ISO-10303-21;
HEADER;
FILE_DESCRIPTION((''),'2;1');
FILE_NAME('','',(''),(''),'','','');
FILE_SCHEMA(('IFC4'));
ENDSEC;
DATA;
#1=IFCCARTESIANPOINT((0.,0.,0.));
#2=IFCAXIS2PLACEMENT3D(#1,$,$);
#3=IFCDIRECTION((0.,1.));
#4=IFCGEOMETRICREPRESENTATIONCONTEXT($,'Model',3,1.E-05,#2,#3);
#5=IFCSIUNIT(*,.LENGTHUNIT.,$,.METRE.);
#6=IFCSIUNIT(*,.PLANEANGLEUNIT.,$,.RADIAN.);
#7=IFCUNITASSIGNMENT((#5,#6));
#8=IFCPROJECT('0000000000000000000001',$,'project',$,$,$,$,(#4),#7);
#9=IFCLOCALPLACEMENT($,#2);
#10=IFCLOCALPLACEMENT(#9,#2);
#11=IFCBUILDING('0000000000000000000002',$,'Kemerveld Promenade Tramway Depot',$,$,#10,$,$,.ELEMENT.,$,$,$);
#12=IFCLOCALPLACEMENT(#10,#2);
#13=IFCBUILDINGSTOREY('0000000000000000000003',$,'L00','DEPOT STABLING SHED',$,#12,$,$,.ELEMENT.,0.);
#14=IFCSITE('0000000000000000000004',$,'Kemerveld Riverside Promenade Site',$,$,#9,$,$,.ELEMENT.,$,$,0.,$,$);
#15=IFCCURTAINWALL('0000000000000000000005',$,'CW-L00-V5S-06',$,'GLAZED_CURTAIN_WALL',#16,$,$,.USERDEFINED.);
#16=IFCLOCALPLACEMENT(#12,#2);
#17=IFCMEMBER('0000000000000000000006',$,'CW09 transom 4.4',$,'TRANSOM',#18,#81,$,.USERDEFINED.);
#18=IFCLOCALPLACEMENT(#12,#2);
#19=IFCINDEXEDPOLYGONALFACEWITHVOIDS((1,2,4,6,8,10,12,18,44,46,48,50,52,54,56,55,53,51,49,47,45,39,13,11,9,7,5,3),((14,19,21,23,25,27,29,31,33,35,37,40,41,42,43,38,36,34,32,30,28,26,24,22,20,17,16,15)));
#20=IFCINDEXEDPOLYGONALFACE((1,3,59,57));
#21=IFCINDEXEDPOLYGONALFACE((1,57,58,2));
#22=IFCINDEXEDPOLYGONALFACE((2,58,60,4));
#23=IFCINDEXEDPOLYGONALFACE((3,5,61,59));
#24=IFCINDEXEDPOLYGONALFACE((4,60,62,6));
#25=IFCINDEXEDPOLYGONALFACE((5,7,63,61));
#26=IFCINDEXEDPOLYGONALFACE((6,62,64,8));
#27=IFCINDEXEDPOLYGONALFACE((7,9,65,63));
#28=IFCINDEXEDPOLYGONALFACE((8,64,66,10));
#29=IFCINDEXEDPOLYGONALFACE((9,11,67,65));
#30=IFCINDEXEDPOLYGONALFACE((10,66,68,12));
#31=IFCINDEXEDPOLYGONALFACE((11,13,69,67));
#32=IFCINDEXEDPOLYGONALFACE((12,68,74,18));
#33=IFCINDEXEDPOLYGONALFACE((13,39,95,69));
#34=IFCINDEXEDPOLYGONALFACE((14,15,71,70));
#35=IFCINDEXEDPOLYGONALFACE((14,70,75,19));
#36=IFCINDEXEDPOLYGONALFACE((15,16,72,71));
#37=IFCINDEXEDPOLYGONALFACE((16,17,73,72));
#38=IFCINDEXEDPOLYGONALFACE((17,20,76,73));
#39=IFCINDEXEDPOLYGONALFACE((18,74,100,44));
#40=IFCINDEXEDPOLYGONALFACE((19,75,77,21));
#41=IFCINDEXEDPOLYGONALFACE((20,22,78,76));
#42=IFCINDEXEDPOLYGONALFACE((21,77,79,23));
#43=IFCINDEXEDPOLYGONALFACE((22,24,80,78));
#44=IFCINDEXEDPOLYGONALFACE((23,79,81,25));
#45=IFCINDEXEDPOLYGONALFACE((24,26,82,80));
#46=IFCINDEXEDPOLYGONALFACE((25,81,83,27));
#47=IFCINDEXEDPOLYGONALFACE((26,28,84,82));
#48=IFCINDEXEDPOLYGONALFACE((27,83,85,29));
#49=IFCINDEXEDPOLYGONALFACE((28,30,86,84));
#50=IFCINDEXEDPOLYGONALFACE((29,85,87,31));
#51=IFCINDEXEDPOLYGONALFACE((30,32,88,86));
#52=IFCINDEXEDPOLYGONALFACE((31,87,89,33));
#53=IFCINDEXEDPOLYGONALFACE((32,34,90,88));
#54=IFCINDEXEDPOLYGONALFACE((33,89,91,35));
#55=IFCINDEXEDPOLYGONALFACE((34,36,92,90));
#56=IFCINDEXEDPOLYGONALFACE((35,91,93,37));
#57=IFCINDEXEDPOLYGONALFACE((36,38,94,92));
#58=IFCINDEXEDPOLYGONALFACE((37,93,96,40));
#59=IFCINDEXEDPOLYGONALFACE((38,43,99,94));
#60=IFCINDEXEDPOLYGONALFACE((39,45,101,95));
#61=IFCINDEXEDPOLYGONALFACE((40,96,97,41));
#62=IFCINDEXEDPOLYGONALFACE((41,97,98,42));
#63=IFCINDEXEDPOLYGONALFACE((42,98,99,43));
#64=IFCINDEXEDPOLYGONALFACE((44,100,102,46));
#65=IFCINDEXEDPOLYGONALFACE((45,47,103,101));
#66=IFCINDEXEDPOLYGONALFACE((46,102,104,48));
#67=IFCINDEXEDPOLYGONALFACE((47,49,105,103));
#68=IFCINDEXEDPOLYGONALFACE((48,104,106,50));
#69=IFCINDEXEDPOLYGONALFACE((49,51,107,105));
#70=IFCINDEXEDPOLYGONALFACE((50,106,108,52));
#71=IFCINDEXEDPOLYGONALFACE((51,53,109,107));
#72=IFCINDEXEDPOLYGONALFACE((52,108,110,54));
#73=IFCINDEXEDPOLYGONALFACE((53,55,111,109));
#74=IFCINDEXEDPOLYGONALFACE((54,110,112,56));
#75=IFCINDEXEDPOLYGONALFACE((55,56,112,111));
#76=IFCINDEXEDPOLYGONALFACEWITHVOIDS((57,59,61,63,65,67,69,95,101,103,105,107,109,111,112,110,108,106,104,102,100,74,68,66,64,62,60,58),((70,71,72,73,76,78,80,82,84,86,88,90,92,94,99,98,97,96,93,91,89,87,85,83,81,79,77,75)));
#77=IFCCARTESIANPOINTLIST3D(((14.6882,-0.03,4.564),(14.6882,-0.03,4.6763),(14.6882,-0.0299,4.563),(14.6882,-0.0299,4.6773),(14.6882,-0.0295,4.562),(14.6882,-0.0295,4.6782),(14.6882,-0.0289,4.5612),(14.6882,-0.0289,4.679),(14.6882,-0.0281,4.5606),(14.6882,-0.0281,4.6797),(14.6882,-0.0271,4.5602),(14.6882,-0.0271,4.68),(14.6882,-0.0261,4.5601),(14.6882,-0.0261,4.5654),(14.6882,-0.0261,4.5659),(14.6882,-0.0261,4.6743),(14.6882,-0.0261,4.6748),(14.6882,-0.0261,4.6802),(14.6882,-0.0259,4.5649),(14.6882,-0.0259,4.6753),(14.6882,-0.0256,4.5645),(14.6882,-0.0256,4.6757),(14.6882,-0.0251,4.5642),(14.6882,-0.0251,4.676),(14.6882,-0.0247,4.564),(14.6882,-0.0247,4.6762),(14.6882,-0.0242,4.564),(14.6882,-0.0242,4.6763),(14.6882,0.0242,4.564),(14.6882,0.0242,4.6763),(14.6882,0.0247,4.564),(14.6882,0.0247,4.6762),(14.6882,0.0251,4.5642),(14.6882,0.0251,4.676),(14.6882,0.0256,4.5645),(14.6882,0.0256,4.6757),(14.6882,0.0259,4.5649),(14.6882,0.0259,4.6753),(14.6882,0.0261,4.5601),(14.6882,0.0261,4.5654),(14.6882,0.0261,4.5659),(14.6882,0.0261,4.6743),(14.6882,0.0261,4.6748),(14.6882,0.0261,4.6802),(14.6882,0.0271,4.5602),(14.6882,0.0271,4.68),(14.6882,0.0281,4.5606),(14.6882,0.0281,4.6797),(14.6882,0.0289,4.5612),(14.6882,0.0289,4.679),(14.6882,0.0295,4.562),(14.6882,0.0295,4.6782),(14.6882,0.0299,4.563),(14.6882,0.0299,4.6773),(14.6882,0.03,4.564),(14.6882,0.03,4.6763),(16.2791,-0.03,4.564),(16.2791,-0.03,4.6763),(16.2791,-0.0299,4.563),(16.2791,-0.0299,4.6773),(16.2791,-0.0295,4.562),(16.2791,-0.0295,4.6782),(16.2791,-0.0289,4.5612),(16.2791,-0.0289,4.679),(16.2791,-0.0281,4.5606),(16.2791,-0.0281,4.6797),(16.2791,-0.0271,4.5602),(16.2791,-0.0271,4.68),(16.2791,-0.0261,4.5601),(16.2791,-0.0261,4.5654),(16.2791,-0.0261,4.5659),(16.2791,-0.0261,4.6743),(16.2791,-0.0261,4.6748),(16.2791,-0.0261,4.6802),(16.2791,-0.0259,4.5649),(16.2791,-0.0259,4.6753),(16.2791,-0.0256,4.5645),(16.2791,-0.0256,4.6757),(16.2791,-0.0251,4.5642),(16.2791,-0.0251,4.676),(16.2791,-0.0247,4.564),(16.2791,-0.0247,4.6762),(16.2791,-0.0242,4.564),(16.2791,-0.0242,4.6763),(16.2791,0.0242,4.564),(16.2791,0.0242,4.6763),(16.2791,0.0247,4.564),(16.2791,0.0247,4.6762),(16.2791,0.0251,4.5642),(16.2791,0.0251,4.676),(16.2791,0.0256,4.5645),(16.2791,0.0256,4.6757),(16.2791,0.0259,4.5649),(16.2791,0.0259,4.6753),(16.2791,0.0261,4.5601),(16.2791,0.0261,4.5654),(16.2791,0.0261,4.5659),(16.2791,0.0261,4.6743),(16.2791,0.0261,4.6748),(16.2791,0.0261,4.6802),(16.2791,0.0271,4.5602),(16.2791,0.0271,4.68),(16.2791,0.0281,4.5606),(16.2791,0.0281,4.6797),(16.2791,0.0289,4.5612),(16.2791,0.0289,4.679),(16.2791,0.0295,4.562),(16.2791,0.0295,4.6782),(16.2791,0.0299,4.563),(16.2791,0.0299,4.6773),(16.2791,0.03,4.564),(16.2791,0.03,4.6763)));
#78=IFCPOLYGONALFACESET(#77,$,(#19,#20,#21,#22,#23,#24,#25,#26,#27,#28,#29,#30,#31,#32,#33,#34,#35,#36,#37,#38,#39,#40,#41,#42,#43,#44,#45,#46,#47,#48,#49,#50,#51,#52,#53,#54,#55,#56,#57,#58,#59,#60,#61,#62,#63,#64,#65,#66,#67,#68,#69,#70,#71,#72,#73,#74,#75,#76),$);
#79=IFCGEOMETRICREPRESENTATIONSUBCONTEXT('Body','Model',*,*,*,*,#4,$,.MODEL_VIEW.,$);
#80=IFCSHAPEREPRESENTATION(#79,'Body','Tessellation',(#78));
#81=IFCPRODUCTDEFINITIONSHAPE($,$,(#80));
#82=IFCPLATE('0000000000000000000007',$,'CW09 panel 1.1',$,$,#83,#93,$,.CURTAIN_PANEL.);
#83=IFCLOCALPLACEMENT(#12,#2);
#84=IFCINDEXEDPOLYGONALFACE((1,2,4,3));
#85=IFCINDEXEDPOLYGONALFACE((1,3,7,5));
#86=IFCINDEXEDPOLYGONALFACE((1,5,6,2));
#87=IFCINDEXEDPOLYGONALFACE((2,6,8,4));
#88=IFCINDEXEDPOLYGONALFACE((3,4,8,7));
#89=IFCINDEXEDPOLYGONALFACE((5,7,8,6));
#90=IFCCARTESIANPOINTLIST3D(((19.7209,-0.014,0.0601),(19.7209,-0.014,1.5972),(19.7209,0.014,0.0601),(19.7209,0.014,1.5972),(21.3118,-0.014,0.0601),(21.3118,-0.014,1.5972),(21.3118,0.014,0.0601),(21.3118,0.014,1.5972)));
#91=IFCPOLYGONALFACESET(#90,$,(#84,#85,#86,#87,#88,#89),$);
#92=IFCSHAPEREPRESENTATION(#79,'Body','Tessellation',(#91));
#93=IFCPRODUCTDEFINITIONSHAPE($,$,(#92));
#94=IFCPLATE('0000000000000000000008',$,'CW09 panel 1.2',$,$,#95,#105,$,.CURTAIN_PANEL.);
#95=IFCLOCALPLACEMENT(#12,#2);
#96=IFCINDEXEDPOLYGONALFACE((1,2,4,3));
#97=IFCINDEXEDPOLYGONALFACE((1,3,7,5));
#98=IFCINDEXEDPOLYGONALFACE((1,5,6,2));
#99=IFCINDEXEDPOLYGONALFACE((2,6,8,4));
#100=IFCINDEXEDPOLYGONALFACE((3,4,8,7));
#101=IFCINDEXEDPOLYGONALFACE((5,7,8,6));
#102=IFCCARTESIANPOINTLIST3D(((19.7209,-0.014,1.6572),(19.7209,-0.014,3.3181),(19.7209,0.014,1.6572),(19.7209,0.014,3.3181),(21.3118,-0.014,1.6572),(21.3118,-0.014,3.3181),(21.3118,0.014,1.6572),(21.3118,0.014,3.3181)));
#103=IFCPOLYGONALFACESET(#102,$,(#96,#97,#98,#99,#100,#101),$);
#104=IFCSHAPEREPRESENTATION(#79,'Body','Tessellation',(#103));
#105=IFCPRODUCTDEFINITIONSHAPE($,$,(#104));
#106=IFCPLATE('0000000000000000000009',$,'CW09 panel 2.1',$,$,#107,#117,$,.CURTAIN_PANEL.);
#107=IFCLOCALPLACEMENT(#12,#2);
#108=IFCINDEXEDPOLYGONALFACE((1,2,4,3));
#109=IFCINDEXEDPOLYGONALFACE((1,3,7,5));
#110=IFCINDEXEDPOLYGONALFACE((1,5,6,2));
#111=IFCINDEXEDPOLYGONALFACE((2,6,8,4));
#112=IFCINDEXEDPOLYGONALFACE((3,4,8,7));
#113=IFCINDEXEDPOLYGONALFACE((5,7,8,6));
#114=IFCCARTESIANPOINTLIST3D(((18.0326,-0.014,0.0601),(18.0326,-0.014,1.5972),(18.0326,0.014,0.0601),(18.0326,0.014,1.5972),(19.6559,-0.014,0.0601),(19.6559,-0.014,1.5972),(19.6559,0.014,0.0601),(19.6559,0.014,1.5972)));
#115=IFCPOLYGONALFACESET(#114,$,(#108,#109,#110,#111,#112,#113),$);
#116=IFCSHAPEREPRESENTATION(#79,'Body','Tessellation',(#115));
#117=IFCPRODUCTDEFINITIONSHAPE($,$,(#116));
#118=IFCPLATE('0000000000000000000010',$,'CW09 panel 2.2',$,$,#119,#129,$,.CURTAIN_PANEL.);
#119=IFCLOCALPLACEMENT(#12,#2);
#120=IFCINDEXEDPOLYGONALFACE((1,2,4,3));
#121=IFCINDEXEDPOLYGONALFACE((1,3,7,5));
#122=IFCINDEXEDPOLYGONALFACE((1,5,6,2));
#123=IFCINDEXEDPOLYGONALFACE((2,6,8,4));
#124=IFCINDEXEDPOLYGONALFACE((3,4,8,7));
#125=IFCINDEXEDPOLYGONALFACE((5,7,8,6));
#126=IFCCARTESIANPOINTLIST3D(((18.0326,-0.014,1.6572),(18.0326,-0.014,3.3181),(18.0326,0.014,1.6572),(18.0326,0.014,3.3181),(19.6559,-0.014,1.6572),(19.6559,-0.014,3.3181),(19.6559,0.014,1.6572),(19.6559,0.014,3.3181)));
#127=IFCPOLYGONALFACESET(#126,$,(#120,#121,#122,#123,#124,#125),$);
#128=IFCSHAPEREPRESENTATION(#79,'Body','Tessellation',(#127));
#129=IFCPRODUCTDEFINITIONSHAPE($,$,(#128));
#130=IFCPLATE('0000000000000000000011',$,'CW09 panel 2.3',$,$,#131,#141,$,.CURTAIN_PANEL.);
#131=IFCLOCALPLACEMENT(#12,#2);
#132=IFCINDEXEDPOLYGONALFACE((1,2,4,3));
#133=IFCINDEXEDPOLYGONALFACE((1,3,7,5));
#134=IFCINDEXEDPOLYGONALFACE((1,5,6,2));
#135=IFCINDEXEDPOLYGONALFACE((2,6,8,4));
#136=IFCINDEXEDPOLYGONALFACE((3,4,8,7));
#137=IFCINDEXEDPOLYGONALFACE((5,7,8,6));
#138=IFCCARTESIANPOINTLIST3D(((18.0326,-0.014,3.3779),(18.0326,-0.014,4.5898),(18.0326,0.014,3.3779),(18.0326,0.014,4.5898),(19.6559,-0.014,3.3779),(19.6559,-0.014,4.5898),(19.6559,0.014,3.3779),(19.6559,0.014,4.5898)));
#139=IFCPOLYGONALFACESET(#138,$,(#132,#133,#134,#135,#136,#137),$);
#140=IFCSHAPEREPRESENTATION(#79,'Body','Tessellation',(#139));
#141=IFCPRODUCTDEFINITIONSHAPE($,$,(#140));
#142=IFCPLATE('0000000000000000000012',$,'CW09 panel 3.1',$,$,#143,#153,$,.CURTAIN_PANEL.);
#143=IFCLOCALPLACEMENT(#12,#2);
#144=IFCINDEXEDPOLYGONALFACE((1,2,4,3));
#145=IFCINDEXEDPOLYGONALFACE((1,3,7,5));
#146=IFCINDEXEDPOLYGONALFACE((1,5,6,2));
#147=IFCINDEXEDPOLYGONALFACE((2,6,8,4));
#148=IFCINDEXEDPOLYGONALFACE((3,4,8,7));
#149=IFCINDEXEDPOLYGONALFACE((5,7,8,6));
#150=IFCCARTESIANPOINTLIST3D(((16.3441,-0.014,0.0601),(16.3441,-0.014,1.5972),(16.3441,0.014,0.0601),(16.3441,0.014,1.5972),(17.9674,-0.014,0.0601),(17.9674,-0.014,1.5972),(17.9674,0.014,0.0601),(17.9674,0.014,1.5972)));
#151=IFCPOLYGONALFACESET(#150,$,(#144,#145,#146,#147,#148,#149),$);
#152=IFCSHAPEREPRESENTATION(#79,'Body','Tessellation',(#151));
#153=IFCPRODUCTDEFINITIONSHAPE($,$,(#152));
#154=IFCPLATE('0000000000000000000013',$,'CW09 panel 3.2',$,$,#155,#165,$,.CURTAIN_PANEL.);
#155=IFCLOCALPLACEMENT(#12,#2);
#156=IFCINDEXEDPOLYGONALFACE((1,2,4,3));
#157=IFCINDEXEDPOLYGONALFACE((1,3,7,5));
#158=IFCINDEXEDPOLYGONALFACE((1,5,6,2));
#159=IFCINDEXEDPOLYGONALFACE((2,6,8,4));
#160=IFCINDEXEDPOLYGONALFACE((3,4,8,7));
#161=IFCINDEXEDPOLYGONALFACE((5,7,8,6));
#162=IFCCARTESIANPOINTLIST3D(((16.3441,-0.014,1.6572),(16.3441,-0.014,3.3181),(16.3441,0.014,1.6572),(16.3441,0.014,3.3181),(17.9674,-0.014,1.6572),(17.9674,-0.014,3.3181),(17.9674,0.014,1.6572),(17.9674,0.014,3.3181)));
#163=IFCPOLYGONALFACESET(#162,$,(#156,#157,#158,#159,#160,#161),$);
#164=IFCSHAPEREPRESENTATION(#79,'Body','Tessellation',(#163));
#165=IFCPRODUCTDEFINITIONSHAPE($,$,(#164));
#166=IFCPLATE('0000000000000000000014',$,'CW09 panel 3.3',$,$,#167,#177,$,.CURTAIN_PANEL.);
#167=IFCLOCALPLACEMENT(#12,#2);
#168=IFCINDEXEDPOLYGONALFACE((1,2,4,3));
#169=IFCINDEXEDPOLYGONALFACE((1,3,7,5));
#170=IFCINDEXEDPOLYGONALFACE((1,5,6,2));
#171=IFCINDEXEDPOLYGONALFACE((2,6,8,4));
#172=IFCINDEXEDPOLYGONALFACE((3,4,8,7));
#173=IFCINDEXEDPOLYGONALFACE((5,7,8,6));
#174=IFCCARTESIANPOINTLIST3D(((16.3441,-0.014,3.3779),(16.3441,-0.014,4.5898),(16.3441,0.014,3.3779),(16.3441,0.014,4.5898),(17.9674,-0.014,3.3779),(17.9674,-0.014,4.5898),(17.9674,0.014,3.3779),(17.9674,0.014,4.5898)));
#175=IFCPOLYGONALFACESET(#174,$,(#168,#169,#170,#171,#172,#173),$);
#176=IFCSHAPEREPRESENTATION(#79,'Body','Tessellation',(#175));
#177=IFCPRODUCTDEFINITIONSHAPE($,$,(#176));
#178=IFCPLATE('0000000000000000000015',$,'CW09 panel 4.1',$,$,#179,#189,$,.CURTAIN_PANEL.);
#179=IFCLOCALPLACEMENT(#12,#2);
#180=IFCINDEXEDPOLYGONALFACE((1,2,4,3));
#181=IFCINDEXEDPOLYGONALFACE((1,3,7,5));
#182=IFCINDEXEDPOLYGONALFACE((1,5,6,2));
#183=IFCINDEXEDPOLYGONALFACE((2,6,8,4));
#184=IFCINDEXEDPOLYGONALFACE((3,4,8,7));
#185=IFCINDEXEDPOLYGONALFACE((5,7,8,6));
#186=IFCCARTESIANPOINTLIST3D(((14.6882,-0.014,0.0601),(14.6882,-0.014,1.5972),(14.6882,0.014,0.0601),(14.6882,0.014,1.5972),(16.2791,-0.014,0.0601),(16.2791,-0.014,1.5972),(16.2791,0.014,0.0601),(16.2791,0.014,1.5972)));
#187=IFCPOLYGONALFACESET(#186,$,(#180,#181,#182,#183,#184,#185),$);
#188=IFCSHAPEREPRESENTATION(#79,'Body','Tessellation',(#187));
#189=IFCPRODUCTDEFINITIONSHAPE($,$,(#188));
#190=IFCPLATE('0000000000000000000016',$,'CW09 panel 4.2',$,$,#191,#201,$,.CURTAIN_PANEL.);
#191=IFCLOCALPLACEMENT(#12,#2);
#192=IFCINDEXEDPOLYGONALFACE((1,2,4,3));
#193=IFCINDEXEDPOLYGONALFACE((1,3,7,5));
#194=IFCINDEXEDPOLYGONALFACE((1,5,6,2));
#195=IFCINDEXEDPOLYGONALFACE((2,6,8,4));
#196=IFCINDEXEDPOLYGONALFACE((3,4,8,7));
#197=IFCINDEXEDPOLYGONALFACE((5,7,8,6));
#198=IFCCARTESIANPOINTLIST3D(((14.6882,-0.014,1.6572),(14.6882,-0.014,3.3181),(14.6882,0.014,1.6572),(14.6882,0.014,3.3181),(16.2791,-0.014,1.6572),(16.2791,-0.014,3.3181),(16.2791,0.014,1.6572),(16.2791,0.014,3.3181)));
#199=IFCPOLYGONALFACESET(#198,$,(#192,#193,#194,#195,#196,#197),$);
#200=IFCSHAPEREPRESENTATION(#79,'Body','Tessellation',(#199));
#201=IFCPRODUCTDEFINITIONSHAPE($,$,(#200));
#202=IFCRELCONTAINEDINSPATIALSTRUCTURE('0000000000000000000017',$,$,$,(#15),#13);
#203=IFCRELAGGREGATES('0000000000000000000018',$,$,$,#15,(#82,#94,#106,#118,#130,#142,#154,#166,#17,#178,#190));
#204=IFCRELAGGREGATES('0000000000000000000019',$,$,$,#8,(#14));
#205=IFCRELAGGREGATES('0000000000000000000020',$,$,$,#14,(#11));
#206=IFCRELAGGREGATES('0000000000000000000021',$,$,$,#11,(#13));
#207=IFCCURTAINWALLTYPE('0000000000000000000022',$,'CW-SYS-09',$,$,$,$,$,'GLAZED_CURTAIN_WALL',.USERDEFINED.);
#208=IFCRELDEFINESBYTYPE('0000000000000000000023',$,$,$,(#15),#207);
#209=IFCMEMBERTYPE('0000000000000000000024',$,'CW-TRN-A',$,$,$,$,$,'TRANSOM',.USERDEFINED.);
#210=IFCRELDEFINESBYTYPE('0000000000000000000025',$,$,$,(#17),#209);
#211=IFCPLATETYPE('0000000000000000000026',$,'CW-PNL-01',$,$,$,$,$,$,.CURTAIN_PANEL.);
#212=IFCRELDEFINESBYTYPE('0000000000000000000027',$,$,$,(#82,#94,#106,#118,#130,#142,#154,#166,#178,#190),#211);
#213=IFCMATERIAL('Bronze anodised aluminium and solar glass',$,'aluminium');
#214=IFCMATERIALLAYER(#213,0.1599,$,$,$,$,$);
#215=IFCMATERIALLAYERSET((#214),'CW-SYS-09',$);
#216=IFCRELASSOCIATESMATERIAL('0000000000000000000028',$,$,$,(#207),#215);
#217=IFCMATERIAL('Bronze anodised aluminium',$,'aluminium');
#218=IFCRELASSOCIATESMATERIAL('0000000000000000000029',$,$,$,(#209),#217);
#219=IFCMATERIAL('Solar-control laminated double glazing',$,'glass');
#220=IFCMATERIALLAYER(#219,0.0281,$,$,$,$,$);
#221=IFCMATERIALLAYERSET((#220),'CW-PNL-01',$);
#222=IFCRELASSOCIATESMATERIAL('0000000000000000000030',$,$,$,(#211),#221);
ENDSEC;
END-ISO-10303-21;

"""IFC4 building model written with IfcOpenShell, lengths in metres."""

from ifc_helpers import new_model, si_unit, direction, frame, origin, origin_2d, place, context, subcontext, project, spatial, rectangle, hollow_rectangle, extrude, material, layer, layer_set, material_profile, profile_set, type_object, element, aggregate, save


model = new_model("IFC4")

# Units and contexts
model_context = context("Model", 3, precision=1e-05, world=origin(), true_north=direction((0.0, 1.0)))
body_context = subcontext(model_context, "Body", "Model", "MODEL_VIEW")
ifc_project = project(units=[si_unit("LENGTHUNIT", "METRE"), si_unit("PLANEANGLEUNIT", "RADIAN")], contexts=[model_context])

# Site, building, storey
site_placement = place(None, origin())
site = spatial("IfcSite", under=ifc_project, at=site_placement, Name="Kemerveld Riverside Promenade Site", CompositionType="ELEMENT", RefElevation=0.0)
building_placement = place(site_placement, origin())
building = spatial("IfcBuilding", under=site, at=building_placement, Name="Kemerveld Promenade Tramway Depot", CompositionType="ELEMENT")
storey_placement = place(building_placement, origin())
storey = spatial("IfcBuildingStorey", under=building, at=storey_placement, Name="L00", Description="DEPOT STABLING SHED", CompositionType="ELEMENT", Elevation=0.0)

# Curtain wall, member, plates
ifc_material_1 = material(Name="Bronze anodised aluminium and solar glass", Category="aluminium")
ifc_layer_1 = layer(ifc_material_1, 0.1599)
ifc_layer_set_1 = layer_set([ifc_layer_1], Name="CW-SYS-09")
curtain_wall_type = type_object("IfcCurtainWallType", Name="CW-SYS-09", ElementType="GLAZED_CURTAIN_WALL", PredefinedType="USERDEFINED", material=ifc_layer_set_1)
curtain_wall_placement = place(storey_placement, origin())
curtain_wall = element("IfcCurtainWall", 1, at=curtain_wall_placement, inside=storey, type_object=curtain_wall_type, Name="CW-L00-V5S-06", ObjectType="GLAZED_CURTAIN_WALL", PredefinedType="USERDEFINED")
ifc_material_2 = material(Name="Bronze anodised aluminium", Category="aluminium")
ifc_material_profile_1 = material_profile(ifc_material_2, hollow_rectangle(XDim=0.0601, YDim=0.1201, WallThickness=0.0039, InnerFilletRadius=0.002, OuterFilletRadius=0.0039, at=origin_2d()), Name="CW-TRN-120x60")
ifc_profile_set_1 = profile_set([ifc_material_profile_1], Name="Bronze anodised aluminium")
member_type_1 = type_object("IfcMemberType", Name="CW-TRN-A", ElementType="TRANSOM", PredefinedType="USERDEFINED", material=ifc_profile_set_1)
member_1_placement = place(storey_placement, frame((16.2791, 0.0, 4.6201), z_axis=(-1.0, 0.0, 0.0), x_axis=(0.0, -1.0, 0.0)))
member_1 = element("IfcMember", 2, at=member_1_placement, type_object=member_type_1, Name="CW09 transom 4.4", ObjectType="TRANSOM", PredefinedType="USERDEFINED", context=body_context, shape_type="SweptSolid", body=[
    extrude(hollow_rectangle(XDim=0.0601, YDim=0.1201, WallThickness=0.0039, InnerFilletRadius=0.002, OuterFilletRadius=0.0039, at=origin_2d()), origin(), (0.0, 0.0, 1.0), 1.5908),
])
ifc_material_3 = material(Name="Solar-control laminated double glazing", Category="glass")
ifc_layer_2 = layer(ifc_material_3, 0.0281)
ifc_layer_set_2 = layer_set([ifc_layer_2], Name="CW-PNL-01")
plate_type = type_object("IfcPlateType", Name="CW-PNL-01", PredefinedType="CURTAIN_PANEL", material=ifc_layer_set_2)
plate_1_placement = place(storey_placement, frame((20.5164, 0.0, 0.0601), z_axis=(0.0, 0.0, 1.0), x_axis=(-1.0, 0.0, 0.0)))
plate_1 = element("IfcPlate", 3, at=plate_1_placement, type_object=plate_type, Name="CW09 panel 1.1", PredefinedType="CURTAIN_PANEL", context=body_context, shape_type="SweptSolid", body=[
    extrude(rectangle(XDim=1.5908, YDim=0.0281, at=origin_2d()), origin(), (0.0, 0.0, 1.0), 1.5371),
])
plate_2_placement = place(storey_placement, frame((20.5164, 0.0, 1.6572), z_axis=(0.0, 0.0, 1.0), x_axis=(-1.0, 0.0, 0.0)))
plate_2 = element("IfcPlate", 4, at=plate_2_placement, type_object=plate_type, Name="CW09 panel 1.2", PredefinedType="CURTAIN_PANEL", context=body_context, shape_type="SweptSolid", body=[
    extrude(rectangle(XDim=1.5908, YDim=0.0281, at=origin_2d()), origin(), (0.0, 0.0, 1.0), 1.6609),
])
plate_3_placement = place(storey_placement, frame((18.8442, 0.0, 0.0601), z_axis=(0.0, 0.0, 1.0), x_axis=(-1.0, 0.0, 0.0)))
plate_3 = element("IfcPlate", 5, at=plate_3_placement, type_object=plate_type, Name="CW09 panel 2.1", PredefinedType="CURTAIN_PANEL", context=body_context, shape_type="SweptSolid", body=[
    extrude(rectangle(XDim=1.6233, YDim=0.0281, at=origin_2d()), origin(), (0.0, 0.0, 1.0), 1.5371),
])
plate_4_placement = place(storey_placement, frame((18.8442, 0.0, 1.6572), z_axis=(0.0, 0.0, 1.0), x_axis=(-1.0, 0.0, 0.0)))
plate_4 = element("IfcPlate", 6, at=plate_4_placement, type_object=plate_type, Name="CW09 panel 2.2", PredefinedType="CURTAIN_PANEL", context=body_context, shape_type="SweptSolid", body=[
    extrude(rectangle(XDim=1.6233, YDim=0.0281, at=origin_2d()), origin(), (0.0, 0.0, 1.0), 1.6609),
])
plate_5_placement = place(storey_placement, frame((18.8442, 0.0, 3.3779), z_axis=(0.0, 0.0, 1.0), x_axis=(-1.0, 0.0, 0.0)))
plate_5 = element("IfcPlate", 7, at=plate_5_placement, type_object=plate_type, Name="CW09 panel 2.3", PredefinedType="CURTAIN_PANEL", context=body_context, shape_type="SweptSolid", body=[
    extrude(rectangle(XDim=1.6233, YDim=0.0281, at=origin_2d()), origin(), (0.0, 0.0, 1.0), 1.2119),
])
plate_6_placement = place(storey_placement, frame((17.1558, 0.0, 0.0601), z_axis=(0.0, 0.0, 1.0), x_axis=(-1.0, 0.0, 0.0)))
plate_6 = element("IfcPlate", 8, at=plate_6_placement, type_object=plate_type, Name="CW09 panel 3.1", PredefinedType="CURTAIN_PANEL", context=body_context, shape_type="SweptSolid", body=[
    extrude(rectangle(XDim=1.6233, YDim=0.0281, at=origin_2d()), origin(), (0.0, 0.0, 1.0), 1.5371),
])
plate_7_placement = place(storey_placement, frame((17.1558, 0.0, 1.6572), z_axis=(0.0, 0.0, 1.0), x_axis=(-1.0, 0.0, 0.0)))
plate_7 = element("IfcPlate", 9, at=plate_7_placement, type_object=plate_type, Name="CW09 panel 3.2", PredefinedType="CURTAIN_PANEL", context=body_context, shape_type="SweptSolid", body=[
    extrude(rectangle(XDim=1.6233, YDim=0.0281, at=origin_2d()), origin(), (0.0, 0.0, 1.0), 1.6609),
])
plate_8_placement = place(storey_placement, frame((17.1558, 0.0, 3.3779), z_axis=(0.0, 0.0, 1.0), x_axis=(-1.0, 0.0, 0.0)))
plate_8 = element("IfcPlate", 10, at=plate_8_placement, type_object=plate_type, Name="CW09 panel 3.3", PredefinedType="CURTAIN_PANEL", context=body_context, shape_type="SweptSolid", body=[
    extrude(rectangle(XDim=1.6233, YDim=0.0281, at=origin_2d()), origin(), (0.0, 0.0, 1.0), 1.2119),
])
plate_9_placement = place(storey_placement, frame((15.4836, 0.0, 0.0601), z_axis=(0.0, 0.0, 1.0), x_axis=(-1.0, 0.0, 0.0)))
plate_9 = element("IfcPlate", 11, at=plate_9_placement, type_object=plate_type, Name="CW09 panel 4.1", PredefinedType="CURTAIN_PANEL", context=body_context, shape_type="SweptSolid", body=[
    extrude(rectangle(XDim=1.5908, YDim=0.0281, at=origin_2d()), origin(), (0.0, 0.0, 1.0), 1.5371),
])
plate_10_placement = place(storey_placement, frame((15.4836, 0.0, 1.6572), z_axis=(0.0, 0.0, 1.0), x_axis=(-1.0, 0.0, 0.0)))
plate_10 = element("IfcPlate", 12, at=plate_10_placement, type_object=plate_type, Name="CW09 panel 4.2", PredefinedType="CURTAIN_PANEL", context=body_context, shape_type="SweptSolid", body=[
    extrude(rectangle(XDim=1.5908, YDim=0.0281, at=origin_2d()), origin(), (0.0, 0.0, 1.0), 1.6609),
])
aggregate(curtain_wall, [plate_1, plate_2, plate_3, plate_4, plate_5, plate_6, plate_7, plate_8, member_1, plate_9, plate_10])

save(model, "model.ifc")
